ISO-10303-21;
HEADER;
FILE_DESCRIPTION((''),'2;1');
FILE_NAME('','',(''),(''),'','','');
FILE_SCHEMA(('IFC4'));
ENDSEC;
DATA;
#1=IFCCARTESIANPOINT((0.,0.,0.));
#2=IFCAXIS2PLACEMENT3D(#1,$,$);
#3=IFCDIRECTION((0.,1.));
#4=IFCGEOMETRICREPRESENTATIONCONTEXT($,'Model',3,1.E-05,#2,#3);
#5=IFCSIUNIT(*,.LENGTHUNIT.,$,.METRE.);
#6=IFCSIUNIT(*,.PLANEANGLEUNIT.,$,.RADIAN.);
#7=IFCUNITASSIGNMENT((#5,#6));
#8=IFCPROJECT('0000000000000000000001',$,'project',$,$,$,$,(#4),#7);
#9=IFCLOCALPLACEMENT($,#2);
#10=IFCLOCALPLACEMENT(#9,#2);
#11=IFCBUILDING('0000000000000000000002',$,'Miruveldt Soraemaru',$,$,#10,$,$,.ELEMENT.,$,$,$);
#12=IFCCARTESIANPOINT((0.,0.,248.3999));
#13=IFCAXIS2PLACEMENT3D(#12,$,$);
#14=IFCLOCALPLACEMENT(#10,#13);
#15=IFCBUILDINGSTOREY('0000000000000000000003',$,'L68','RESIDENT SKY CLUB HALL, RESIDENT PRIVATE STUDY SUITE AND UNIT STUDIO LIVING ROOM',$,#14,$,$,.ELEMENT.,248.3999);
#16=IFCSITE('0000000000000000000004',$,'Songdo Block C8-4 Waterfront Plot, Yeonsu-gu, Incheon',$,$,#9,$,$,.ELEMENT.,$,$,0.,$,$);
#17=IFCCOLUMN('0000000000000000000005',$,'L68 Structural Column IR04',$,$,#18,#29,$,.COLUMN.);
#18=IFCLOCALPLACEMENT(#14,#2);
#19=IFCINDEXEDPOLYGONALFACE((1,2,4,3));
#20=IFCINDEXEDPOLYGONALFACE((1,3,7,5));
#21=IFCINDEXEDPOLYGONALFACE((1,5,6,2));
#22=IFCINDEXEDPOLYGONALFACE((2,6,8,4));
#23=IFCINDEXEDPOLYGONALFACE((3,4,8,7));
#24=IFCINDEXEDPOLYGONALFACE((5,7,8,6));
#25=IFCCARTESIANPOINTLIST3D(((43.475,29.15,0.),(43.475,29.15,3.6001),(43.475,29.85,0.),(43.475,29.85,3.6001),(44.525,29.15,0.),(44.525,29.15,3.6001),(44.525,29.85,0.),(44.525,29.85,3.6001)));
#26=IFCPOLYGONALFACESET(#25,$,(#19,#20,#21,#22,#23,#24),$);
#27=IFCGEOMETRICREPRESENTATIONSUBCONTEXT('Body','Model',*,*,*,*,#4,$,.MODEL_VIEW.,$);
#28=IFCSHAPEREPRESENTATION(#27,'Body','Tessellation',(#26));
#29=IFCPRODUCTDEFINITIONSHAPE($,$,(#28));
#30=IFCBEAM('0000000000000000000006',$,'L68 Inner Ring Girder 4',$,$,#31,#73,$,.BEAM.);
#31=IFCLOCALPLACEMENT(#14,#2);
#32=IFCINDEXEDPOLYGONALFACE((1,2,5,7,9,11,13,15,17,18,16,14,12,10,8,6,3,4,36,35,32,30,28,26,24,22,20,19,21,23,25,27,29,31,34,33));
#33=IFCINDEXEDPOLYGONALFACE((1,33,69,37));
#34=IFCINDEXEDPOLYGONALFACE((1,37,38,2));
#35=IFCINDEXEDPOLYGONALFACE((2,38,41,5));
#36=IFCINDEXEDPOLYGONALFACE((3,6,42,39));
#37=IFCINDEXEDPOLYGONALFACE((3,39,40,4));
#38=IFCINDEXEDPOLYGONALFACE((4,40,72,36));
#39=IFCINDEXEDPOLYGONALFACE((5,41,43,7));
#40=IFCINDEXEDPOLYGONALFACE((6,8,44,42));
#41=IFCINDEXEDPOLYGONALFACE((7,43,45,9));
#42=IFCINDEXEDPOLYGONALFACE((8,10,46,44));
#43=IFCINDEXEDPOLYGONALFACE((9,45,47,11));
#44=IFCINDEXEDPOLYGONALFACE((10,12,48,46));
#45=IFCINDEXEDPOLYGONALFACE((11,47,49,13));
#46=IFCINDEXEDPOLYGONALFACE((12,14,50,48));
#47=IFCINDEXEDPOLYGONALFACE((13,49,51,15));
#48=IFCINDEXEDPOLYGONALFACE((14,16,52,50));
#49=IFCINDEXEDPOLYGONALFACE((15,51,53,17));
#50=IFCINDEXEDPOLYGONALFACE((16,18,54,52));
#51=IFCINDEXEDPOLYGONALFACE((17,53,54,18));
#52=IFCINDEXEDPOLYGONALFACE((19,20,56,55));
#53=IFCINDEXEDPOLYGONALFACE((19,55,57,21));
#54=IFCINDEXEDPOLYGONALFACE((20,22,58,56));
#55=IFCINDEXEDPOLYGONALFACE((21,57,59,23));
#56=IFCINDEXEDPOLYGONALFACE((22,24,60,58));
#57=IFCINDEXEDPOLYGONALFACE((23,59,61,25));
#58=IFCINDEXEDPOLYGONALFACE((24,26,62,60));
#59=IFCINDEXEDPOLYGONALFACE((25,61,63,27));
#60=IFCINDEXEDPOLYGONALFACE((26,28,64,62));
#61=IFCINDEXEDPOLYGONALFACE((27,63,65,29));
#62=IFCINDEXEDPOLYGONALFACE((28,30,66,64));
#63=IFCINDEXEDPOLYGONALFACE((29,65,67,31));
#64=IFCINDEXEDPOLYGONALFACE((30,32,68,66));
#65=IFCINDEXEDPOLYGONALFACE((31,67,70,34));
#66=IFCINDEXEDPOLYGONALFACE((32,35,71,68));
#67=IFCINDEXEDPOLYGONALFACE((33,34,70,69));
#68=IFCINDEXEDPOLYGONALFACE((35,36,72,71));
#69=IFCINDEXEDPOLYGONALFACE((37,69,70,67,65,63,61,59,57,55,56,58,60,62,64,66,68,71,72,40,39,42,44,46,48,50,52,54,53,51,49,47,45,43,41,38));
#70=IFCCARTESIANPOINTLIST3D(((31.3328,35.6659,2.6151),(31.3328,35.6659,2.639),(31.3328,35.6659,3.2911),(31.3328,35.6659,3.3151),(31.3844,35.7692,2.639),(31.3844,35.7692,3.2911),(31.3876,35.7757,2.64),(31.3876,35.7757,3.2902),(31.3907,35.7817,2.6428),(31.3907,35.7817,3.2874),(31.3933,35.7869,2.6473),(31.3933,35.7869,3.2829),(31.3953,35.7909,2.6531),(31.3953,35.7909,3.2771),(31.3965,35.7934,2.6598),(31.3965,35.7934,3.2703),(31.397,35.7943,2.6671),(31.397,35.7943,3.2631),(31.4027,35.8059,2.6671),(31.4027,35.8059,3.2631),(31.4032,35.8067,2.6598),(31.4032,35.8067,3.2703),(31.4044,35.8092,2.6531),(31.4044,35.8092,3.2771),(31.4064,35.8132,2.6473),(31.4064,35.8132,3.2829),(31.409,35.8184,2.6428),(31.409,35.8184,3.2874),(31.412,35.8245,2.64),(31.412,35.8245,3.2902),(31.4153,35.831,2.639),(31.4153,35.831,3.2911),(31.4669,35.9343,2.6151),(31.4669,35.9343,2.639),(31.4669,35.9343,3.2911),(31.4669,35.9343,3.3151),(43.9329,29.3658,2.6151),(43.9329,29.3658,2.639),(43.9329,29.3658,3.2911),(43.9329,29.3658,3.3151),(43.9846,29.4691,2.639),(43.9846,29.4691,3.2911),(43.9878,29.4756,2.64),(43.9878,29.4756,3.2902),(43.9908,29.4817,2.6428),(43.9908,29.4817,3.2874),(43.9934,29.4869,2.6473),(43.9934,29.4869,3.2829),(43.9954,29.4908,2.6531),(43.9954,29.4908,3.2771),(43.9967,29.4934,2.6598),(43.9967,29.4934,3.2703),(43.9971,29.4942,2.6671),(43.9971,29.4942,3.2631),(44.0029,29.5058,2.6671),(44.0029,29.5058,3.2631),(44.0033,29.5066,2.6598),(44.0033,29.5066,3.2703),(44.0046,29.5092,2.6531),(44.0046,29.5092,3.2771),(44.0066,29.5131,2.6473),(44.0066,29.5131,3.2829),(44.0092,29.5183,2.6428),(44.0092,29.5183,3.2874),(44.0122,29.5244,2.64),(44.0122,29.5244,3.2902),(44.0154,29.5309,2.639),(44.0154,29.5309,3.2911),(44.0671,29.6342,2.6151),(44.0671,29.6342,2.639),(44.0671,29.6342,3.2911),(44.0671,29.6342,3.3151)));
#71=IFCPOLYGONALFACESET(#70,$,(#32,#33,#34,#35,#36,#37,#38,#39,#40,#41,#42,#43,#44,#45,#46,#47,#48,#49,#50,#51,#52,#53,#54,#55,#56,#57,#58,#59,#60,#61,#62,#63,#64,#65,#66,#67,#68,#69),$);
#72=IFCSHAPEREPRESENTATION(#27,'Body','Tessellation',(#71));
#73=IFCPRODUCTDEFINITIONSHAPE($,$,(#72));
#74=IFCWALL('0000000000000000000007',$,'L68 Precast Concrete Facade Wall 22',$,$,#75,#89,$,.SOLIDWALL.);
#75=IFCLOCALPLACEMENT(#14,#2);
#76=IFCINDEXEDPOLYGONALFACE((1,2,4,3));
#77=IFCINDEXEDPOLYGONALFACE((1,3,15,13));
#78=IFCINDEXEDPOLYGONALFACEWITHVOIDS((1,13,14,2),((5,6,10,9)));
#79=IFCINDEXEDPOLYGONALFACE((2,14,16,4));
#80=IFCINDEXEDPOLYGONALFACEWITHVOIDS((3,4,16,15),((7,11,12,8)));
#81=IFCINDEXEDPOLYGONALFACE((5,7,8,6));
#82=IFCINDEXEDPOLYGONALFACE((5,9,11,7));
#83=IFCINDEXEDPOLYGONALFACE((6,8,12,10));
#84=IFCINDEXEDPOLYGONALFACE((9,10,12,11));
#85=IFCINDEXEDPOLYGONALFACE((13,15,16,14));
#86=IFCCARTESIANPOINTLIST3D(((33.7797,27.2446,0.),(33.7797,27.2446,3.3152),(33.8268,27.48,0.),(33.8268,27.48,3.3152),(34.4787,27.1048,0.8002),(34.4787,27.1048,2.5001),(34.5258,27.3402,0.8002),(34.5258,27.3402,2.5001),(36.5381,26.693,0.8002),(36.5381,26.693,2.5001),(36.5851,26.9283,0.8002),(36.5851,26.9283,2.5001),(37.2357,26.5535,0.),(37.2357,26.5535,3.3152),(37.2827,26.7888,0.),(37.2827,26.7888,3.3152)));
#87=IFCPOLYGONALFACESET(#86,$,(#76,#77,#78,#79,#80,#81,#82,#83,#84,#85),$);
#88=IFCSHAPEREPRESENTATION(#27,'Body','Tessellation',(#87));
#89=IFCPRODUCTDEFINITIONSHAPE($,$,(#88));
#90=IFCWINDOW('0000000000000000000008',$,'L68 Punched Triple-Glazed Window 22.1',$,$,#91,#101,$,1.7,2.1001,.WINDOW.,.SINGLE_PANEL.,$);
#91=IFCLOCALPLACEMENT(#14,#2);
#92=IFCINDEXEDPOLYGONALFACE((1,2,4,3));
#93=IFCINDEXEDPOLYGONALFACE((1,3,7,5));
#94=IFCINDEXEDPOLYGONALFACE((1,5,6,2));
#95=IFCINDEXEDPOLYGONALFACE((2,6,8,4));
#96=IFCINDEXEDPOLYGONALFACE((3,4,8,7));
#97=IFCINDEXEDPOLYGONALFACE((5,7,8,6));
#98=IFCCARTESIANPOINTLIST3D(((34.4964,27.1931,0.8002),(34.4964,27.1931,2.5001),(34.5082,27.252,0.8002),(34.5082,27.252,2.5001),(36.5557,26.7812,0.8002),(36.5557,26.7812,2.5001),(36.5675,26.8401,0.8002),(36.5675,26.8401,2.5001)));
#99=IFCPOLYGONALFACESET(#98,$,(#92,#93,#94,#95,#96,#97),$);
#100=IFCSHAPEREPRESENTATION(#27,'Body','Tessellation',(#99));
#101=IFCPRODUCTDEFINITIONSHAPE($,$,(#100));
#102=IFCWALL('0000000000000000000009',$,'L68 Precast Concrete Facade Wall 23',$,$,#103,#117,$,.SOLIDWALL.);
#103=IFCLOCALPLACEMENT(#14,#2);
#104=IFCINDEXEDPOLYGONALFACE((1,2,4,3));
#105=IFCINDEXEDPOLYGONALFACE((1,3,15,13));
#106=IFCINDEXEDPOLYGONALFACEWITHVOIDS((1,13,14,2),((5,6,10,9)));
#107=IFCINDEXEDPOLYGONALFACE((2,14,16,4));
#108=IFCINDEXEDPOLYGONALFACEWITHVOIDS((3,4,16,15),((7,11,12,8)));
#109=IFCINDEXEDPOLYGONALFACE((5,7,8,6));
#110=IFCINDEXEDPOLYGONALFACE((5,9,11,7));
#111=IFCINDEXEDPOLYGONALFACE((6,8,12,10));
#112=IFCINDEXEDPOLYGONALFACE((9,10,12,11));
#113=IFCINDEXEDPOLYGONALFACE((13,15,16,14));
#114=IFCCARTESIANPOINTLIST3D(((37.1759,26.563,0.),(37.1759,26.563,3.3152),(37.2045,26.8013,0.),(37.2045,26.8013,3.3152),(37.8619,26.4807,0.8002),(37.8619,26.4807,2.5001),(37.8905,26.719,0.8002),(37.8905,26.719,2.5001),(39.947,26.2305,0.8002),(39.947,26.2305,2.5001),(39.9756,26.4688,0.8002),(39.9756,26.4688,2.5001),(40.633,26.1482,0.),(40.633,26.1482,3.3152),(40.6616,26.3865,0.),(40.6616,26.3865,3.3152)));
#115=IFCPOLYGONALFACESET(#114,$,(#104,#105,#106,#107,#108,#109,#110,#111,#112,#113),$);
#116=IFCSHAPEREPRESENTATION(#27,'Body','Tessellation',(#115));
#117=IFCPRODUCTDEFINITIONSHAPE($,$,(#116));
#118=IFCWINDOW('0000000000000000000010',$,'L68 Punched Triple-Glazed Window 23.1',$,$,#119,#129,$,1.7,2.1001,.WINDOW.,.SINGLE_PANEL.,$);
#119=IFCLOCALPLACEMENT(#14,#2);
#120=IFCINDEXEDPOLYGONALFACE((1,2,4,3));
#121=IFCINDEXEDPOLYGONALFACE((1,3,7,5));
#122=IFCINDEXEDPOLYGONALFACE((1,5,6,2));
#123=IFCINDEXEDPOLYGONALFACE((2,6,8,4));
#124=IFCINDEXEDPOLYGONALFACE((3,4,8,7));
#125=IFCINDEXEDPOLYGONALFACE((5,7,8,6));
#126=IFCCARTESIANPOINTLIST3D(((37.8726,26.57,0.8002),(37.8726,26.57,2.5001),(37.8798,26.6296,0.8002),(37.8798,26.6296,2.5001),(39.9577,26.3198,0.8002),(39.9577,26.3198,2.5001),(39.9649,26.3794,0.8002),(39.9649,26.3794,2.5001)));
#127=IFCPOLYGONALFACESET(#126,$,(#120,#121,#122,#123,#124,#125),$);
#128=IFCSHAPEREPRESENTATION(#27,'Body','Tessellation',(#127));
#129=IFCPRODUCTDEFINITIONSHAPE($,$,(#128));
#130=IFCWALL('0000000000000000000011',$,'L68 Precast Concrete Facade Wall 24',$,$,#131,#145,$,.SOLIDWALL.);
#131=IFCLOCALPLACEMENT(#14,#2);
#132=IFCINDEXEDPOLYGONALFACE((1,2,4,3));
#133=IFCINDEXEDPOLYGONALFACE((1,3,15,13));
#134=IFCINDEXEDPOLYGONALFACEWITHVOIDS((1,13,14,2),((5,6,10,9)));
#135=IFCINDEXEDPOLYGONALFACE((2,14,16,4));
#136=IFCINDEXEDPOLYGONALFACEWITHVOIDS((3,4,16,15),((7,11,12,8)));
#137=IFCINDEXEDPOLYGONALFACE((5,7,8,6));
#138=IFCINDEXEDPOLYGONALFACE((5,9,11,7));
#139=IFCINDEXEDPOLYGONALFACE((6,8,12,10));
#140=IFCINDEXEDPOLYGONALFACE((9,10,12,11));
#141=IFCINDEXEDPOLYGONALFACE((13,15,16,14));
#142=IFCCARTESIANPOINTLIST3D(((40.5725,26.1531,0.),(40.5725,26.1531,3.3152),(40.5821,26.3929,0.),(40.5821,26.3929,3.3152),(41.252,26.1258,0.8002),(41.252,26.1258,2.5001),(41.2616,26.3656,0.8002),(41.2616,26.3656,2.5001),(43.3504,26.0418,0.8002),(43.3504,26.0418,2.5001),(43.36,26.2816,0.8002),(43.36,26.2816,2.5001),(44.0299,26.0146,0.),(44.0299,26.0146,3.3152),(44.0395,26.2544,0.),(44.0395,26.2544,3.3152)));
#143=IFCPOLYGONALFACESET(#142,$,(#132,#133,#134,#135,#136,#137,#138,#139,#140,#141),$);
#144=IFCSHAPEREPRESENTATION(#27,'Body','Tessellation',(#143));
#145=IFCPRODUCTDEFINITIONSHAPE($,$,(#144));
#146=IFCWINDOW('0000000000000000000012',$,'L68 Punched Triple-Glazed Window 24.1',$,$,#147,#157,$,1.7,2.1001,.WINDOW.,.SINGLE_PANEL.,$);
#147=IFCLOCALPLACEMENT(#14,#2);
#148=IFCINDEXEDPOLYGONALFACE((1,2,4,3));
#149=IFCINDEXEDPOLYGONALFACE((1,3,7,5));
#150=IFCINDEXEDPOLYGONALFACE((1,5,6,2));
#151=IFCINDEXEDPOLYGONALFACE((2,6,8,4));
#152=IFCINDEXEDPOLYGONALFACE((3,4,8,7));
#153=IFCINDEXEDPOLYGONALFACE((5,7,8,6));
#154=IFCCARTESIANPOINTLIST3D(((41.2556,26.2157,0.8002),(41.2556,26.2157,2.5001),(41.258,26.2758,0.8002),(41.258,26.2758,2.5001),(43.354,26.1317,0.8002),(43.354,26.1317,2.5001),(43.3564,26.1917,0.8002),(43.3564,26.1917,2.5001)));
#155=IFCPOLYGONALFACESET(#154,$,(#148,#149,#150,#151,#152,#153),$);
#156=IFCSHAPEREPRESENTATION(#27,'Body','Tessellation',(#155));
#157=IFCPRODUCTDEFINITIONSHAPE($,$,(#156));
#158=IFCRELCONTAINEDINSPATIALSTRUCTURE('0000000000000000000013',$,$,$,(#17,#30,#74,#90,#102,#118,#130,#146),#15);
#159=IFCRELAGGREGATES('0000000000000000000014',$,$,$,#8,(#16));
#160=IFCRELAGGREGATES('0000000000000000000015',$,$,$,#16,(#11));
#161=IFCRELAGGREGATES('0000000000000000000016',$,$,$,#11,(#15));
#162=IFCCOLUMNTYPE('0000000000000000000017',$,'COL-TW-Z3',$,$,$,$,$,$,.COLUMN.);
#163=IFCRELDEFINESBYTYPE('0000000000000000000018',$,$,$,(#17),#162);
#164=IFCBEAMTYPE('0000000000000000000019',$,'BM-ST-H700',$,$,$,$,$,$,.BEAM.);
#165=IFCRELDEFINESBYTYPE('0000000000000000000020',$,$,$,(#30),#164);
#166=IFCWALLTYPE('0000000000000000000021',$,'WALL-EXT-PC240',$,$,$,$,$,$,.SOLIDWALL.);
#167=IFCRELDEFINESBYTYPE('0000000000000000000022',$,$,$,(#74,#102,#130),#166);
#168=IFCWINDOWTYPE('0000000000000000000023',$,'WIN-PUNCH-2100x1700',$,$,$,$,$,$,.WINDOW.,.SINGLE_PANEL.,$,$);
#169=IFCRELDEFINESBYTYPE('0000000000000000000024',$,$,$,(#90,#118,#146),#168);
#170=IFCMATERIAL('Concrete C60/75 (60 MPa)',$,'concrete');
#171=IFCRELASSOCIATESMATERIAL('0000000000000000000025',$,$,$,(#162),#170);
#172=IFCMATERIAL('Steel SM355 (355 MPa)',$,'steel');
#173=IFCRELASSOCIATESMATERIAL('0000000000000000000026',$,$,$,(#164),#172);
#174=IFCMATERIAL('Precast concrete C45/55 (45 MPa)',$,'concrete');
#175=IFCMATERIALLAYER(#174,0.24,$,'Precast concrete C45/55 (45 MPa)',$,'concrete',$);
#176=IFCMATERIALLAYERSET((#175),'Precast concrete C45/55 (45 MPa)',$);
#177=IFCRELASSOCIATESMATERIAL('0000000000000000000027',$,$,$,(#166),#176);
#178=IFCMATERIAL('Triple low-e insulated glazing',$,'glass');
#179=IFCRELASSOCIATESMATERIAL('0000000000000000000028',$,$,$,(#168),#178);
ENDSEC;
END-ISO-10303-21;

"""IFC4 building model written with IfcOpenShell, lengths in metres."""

from ifc_helpers import new_model, si_unit, direction, frame, frame_2d, origin, origin_2d, place, context, subcontext, project, spatial, rectangle, i_section, extrude, material, layer, layer_set, material_profile, profile_set, type_object, element, fill, save


model = new_model("IFC4")

# Units and contexts
model_context = context("Model", 3, precision=1e-05, world=origin(), true_north=direction((0.0, 1.0)))
body_context = subcontext(model_context, "Body", "Model", "MODEL_VIEW")
ifc_project = project(units=[si_unit("LENGTHUNIT", "METRE"), si_unit("PLANEANGLEUNIT", "RADIAN")], contexts=[model_context])

# Site, building, storey
site_placement = place(None, origin())
site = spatial("IfcSite", under=ifc_project, at=site_placement, Name="Songdo Block C8-4 Waterfront Plot, Yeonsu-gu, Incheon", CompositionType="ELEMENT", RefElevation=0.0)
building_placement = place(site_placement, origin())
building = spatial("IfcBuilding", under=site, at=building_placement, Name="Miruveldt Soraemaru", CompositionType="ELEMENT")
storey_placement = place(building_placement, frame((0.0, 0.0, 248.3999)))
storey = spatial("IfcBuildingStorey", under=building, at=storey_placement, Name="L68", Description="RESIDENT SKY CLUB HALL, RESIDENT PRIVATE STUDY SUITE AND UNIT STUDIO LIVING ROOM", CompositionType="ELEMENT", Elevation=248.3999)

# Column
ifc_material_1 = material(Name="Concrete C60/75 (60 MPa)", Category="concrete")
ifc_material_profile_1 = material_profile(ifc_material_1, rectangle(XDim=1.05, YDim=0.7, at=origin_2d()), Name="Concrete C60/75 (60 MPa)", Category="concrete")
ifc_profile_set_1 = profile_set([ifc_material_profile_1], Name="Concrete C60/75 (60 MPa)")
column_type = type_object("IfcColumnType", Name="COL-TW-Z3", PredefinedType="COLUMN", material=ifc_profile_set_1)
column_placement = place(storey_placement, frame((44.0, 29.5, 0.0), z_axis=(0.0, 0.0, 1.0), x_axis=(1.0, 0.0, 0.0)))
element("IfcColumn", 1, at=column_placement, inside=storey, type_object=column_type, Name="L68 Structural Column IR04", PredefinedType="COLUMN", context=body_context, shape_type="SweptSolid", body=[
    extrude(rectangle(XDim=1.05, YDim=0.7, at=origin_2d()), origin(), (0.0, 0.0, 1.0), 3.6001),
])

# Beam
ifc_material_2 = material(Name="Steel SM355 (355 MPa)", Category="steel")
ifc_material_profile_2 = material_profile(ifc_material_2, i_section(OverallWidth=0.3, OverallDepth=0.7, WebThickness=0.0129, FlangeThickness=0.0239, FilletRadius=0.0281, at=origin_2d()), Name="Steel SM355 (355 MPa)", Category="steel")
ifc_profile_set_2 = profile_set([ifc_material_profile_2], Name="Steel SM355 (355 MPa)")
beam_type = type_object("IfcBeamType", Name="BM-ST-H700", PredefinedType="BEAM", material=ifc_profile_set_2)
beam_placement = place(storey_placement, frame((44.0, 29.5, 2.9651), z_axis=(-0.894427, 0.447214, 0.0), x_axis=(-0.447214, -0.894427, 0.0)))
element("IfcBeam", 2, at=beam_placement, inside=storey, type_object=beam_type, Name="L68 Inner Ring Girder 4", PredefinedType="BEAM", context=body_context, shape_type="SweptSolid", body=[
    extrude(i_section(OverallWidth=0.3, OverallDepth=0.7, WebThickness=0.0129, FlangeThickness=0.0239, FilletRadius=0.0281, at=origin_2d()), origin(), (0.0, 0.0, 1.0), 14.0874),
])

# Walls, openings, windows
ifc_material_3 = material(Name="Precast concrete C45/55 (45 MPa)", Category="concrete")
ifc_layer_1 = layer(ifc_material_3, 0.24, Name="Precast concrete C45/55 (45 MPa)", Category="concrete")
ifc_layer_set_1 = layer_set([ifc_layer_1], Name="Precast concrete C45/55 (45 MPa)")
wall_type_1 = type_object("IfcWallType", Name="WALL-EXT-PC240", PredefinedType="SOLIDWALL", material=ifc_layer_set_1)
wall_1_placement = place(storey_placement, frame((33.8032, 27.3623, 0.0), z_axis=(0.0, 0.0, 1.0), x_axis=(0.980583, -0.196103, 0.0)))
wall_1 = element("IfcWall", 3, at=wall_1_placement, inside=storey, type_object=wall_type_1, Name="L68 Precast Concrete Facade Wall 22", PredefinedType="SOLIDWALL", context=body_context, shape_type="SweptSolid", body=[
    extrude(rectangle(XDim=3.5244, YDim=0.24, at=frame_2d((1.7622, 0.0))), origin(), (0.0, 0.0, 1.0), 3.3152),
])
opening_1_placement = place(wall_1_placement, frame((0.7129, 0.0, 0.8)))
opening_1 = element("IfcOpeningElement", 4, at=opening_1_placement, cuts=wall_1, PredefinedType="OPENING", context=body_context, shape_type="SweptSolid", body=[
    extrude(rectangle(XDim=2.1001, YDim=1.7, at=frame_2d((1.05, 0.8501))), frame((0.0, 0.1299, 0.0), z_axis=(0.0, -1.0, 0.0), x_axis=(1.0, 0.0, 0.0)), (0.0, 0.0, 1.0), 0.26),
])
ifc_material_4 = material(Name="Triple low-e insulated glazing", Category="glass")
window_type_1 = type_object("IfcWindowType", Name="WIN-PUNCH-2100x1700", PartitioningType="SINGLE_PANEL", PredefinedType="WINDOW", material=ifc_material_4)
window_1_placement = place(opening_1_placement, origin())
window_1 = element("IfcWindow", 5, at=window_1_placement, inside=storey, type_object=window_type_1, Name="L68 Punched Triple-Glazed Window 22.1", OverallHeight=1.7, OverallWidth=2.1001, PartitioningType="SINGLE_PANEL", PredefinedType="WINDOW", context=body_context, shape_type="SweptSolid", body=[
    extrude(rectangle(XDim=2.1001, YDim=1.7, at=frame_2d((1.05, 0.8501))), frame((0.0, 0.03, 0.0), z_axis=(0.0, -1.0, 0.0), x_axis=(1.0, 0.0, 0.0)), (0.0, 0.0, 1.0), 0.0601),
])
fill(opening_1, window_1)
wall_2_placement = place(storey_placement, frame((37.1902, 26.6821, 0.0), z_axis=(0.0, 0.0, 1.0), x_axis=(0.992878, -0.119131, 0.0)))
wall_2 = element("IfcWall", 6, at=wall_2_placement, inside=storey, type_object=wall_type_1, Name="L68 Precast Concrete Facade Wall 23", PredefinedType="SOLIDWALL", context=body_context, shape_type="SweptSolid", body=[
    extrude(rectangle(XDim=3.4819, YDim=0.24, at=frame_2d((1.741, 0.0))), origin(), (0.0, 0.0, 1.0), 3.3152),
])
opening_2_placement = place(wall_2_placement, frame((0.6909, 0.0, 0.8)))
opening_2 = element("IfcOpeningElement", 7, at=opening_2_placement, cuts=wall_2, PredefinedType="OPENING", context=body_context, shape_type="SweptSolid", body=[
    extrude(rectangle(XDim=2.1001, YDim=1.7, at=frame_2d((1.05, 0.8501))), frame((0.0, 0.1299, 0.0), z_axis=(0.0, -1.0, 0.0), x_axis=(1.0, 0.0, 0.0)), (0.0, 0.0, 1.0), 0.26),
])
window_2_placement = place(opening_2_placement, origin())
window_2 = element("IfcWindow", 8, at=window_2_placement, inside=storey, type_object=window_type_1, Name="L68 Punched Triple-Glazed Window 23.1", OverallHeight=1.7, OverallWidth=2.1001, PartitioningType="SINGLE_PANEL", PredefinedType="WINDOW", context=body_context, shape_type="SweptSolid", body=[
    extrude(rectangle(XDim=2.1001, YDim=1.7, at=frame_2d((1.05, 0.8501))), frame((0.0, 0.03, 0.0), z_axis=(0.0, -1.0, 0.0), x_axis=(1.0, 0.0, 0.0)), (0.0, 0.0, 1.0), 0.0601),
])
fill(opening_2, window_2)
wall_3_placement = place(storey_placement, frame((40.5774, 26.2729, 0.0), z_axis=(0.0, 0.0, 1.0), x_axis=(0.999199, -0.040005, 0.0)))
wall_3 = element("IfcWall", 9, at=wall_3_placement, inside=storey, type_object=wall_type_1, Name="L68 Precast Concrete Facade Wall 24", PredefinedType="SOLIDWALL", context=body_context, shape_type="SweptSolid", body=[
    extrude(rectangle(XDim=3.4602, YDim=0.24, at=frame_2d((1.73, 0.0))), origin(), (0.0, 0.0, 1.0), 3.3152),
])
opening_3_placement = place(wall_3_placement, frame((0.6799, 0.0, 0.8)))
opening_3 = element("IfcOpeningElement", 10, at=opening_3_placement, cuts=wall_3, PredefinedType="OPENING", context=body_context, shape_type="SweptSolid", body=[
    extrude(rectangle(XDim=2.1001, YDim=1.7, at=frame_2d((1.05, 0.8501))), frame((0.0, 0.1299, 0.0), z_axis=(0.0, -1.0, 0.0), x_axis=(1.0, 0.0, 0.0)), (0.0, 0.0, 1.0), 0.26),
])
window_3_placement = place(opening_3_placement, origin())
window_3 = element("IfcWindow", 11, at=window_3_placement, inside=storey, type_object=window_type_1, Name="L68 Punched Triple-Glazed Window 24.1", OverallHeight=1.7, OverallWidth=2.1001, PartitioningType="SINGLE_PANEL", PredefinedType="WINDOW", context=body_context, shape_type="SweptSolid", body=[
    extrude(rectangle(XDim=2.1001, YDim=1.7, at=frame_2d((1.05, 0.8501))), frame((0.0, 0.03, 0.0), z_axis=(0.0, -1.0, 0.0), x_axis=(1.0, 0.0, 0.0)), (0.0, 0.0, 1.0), 0.0601),
])
fill(opening_3, window_3)

save(model, "model.ifc")
